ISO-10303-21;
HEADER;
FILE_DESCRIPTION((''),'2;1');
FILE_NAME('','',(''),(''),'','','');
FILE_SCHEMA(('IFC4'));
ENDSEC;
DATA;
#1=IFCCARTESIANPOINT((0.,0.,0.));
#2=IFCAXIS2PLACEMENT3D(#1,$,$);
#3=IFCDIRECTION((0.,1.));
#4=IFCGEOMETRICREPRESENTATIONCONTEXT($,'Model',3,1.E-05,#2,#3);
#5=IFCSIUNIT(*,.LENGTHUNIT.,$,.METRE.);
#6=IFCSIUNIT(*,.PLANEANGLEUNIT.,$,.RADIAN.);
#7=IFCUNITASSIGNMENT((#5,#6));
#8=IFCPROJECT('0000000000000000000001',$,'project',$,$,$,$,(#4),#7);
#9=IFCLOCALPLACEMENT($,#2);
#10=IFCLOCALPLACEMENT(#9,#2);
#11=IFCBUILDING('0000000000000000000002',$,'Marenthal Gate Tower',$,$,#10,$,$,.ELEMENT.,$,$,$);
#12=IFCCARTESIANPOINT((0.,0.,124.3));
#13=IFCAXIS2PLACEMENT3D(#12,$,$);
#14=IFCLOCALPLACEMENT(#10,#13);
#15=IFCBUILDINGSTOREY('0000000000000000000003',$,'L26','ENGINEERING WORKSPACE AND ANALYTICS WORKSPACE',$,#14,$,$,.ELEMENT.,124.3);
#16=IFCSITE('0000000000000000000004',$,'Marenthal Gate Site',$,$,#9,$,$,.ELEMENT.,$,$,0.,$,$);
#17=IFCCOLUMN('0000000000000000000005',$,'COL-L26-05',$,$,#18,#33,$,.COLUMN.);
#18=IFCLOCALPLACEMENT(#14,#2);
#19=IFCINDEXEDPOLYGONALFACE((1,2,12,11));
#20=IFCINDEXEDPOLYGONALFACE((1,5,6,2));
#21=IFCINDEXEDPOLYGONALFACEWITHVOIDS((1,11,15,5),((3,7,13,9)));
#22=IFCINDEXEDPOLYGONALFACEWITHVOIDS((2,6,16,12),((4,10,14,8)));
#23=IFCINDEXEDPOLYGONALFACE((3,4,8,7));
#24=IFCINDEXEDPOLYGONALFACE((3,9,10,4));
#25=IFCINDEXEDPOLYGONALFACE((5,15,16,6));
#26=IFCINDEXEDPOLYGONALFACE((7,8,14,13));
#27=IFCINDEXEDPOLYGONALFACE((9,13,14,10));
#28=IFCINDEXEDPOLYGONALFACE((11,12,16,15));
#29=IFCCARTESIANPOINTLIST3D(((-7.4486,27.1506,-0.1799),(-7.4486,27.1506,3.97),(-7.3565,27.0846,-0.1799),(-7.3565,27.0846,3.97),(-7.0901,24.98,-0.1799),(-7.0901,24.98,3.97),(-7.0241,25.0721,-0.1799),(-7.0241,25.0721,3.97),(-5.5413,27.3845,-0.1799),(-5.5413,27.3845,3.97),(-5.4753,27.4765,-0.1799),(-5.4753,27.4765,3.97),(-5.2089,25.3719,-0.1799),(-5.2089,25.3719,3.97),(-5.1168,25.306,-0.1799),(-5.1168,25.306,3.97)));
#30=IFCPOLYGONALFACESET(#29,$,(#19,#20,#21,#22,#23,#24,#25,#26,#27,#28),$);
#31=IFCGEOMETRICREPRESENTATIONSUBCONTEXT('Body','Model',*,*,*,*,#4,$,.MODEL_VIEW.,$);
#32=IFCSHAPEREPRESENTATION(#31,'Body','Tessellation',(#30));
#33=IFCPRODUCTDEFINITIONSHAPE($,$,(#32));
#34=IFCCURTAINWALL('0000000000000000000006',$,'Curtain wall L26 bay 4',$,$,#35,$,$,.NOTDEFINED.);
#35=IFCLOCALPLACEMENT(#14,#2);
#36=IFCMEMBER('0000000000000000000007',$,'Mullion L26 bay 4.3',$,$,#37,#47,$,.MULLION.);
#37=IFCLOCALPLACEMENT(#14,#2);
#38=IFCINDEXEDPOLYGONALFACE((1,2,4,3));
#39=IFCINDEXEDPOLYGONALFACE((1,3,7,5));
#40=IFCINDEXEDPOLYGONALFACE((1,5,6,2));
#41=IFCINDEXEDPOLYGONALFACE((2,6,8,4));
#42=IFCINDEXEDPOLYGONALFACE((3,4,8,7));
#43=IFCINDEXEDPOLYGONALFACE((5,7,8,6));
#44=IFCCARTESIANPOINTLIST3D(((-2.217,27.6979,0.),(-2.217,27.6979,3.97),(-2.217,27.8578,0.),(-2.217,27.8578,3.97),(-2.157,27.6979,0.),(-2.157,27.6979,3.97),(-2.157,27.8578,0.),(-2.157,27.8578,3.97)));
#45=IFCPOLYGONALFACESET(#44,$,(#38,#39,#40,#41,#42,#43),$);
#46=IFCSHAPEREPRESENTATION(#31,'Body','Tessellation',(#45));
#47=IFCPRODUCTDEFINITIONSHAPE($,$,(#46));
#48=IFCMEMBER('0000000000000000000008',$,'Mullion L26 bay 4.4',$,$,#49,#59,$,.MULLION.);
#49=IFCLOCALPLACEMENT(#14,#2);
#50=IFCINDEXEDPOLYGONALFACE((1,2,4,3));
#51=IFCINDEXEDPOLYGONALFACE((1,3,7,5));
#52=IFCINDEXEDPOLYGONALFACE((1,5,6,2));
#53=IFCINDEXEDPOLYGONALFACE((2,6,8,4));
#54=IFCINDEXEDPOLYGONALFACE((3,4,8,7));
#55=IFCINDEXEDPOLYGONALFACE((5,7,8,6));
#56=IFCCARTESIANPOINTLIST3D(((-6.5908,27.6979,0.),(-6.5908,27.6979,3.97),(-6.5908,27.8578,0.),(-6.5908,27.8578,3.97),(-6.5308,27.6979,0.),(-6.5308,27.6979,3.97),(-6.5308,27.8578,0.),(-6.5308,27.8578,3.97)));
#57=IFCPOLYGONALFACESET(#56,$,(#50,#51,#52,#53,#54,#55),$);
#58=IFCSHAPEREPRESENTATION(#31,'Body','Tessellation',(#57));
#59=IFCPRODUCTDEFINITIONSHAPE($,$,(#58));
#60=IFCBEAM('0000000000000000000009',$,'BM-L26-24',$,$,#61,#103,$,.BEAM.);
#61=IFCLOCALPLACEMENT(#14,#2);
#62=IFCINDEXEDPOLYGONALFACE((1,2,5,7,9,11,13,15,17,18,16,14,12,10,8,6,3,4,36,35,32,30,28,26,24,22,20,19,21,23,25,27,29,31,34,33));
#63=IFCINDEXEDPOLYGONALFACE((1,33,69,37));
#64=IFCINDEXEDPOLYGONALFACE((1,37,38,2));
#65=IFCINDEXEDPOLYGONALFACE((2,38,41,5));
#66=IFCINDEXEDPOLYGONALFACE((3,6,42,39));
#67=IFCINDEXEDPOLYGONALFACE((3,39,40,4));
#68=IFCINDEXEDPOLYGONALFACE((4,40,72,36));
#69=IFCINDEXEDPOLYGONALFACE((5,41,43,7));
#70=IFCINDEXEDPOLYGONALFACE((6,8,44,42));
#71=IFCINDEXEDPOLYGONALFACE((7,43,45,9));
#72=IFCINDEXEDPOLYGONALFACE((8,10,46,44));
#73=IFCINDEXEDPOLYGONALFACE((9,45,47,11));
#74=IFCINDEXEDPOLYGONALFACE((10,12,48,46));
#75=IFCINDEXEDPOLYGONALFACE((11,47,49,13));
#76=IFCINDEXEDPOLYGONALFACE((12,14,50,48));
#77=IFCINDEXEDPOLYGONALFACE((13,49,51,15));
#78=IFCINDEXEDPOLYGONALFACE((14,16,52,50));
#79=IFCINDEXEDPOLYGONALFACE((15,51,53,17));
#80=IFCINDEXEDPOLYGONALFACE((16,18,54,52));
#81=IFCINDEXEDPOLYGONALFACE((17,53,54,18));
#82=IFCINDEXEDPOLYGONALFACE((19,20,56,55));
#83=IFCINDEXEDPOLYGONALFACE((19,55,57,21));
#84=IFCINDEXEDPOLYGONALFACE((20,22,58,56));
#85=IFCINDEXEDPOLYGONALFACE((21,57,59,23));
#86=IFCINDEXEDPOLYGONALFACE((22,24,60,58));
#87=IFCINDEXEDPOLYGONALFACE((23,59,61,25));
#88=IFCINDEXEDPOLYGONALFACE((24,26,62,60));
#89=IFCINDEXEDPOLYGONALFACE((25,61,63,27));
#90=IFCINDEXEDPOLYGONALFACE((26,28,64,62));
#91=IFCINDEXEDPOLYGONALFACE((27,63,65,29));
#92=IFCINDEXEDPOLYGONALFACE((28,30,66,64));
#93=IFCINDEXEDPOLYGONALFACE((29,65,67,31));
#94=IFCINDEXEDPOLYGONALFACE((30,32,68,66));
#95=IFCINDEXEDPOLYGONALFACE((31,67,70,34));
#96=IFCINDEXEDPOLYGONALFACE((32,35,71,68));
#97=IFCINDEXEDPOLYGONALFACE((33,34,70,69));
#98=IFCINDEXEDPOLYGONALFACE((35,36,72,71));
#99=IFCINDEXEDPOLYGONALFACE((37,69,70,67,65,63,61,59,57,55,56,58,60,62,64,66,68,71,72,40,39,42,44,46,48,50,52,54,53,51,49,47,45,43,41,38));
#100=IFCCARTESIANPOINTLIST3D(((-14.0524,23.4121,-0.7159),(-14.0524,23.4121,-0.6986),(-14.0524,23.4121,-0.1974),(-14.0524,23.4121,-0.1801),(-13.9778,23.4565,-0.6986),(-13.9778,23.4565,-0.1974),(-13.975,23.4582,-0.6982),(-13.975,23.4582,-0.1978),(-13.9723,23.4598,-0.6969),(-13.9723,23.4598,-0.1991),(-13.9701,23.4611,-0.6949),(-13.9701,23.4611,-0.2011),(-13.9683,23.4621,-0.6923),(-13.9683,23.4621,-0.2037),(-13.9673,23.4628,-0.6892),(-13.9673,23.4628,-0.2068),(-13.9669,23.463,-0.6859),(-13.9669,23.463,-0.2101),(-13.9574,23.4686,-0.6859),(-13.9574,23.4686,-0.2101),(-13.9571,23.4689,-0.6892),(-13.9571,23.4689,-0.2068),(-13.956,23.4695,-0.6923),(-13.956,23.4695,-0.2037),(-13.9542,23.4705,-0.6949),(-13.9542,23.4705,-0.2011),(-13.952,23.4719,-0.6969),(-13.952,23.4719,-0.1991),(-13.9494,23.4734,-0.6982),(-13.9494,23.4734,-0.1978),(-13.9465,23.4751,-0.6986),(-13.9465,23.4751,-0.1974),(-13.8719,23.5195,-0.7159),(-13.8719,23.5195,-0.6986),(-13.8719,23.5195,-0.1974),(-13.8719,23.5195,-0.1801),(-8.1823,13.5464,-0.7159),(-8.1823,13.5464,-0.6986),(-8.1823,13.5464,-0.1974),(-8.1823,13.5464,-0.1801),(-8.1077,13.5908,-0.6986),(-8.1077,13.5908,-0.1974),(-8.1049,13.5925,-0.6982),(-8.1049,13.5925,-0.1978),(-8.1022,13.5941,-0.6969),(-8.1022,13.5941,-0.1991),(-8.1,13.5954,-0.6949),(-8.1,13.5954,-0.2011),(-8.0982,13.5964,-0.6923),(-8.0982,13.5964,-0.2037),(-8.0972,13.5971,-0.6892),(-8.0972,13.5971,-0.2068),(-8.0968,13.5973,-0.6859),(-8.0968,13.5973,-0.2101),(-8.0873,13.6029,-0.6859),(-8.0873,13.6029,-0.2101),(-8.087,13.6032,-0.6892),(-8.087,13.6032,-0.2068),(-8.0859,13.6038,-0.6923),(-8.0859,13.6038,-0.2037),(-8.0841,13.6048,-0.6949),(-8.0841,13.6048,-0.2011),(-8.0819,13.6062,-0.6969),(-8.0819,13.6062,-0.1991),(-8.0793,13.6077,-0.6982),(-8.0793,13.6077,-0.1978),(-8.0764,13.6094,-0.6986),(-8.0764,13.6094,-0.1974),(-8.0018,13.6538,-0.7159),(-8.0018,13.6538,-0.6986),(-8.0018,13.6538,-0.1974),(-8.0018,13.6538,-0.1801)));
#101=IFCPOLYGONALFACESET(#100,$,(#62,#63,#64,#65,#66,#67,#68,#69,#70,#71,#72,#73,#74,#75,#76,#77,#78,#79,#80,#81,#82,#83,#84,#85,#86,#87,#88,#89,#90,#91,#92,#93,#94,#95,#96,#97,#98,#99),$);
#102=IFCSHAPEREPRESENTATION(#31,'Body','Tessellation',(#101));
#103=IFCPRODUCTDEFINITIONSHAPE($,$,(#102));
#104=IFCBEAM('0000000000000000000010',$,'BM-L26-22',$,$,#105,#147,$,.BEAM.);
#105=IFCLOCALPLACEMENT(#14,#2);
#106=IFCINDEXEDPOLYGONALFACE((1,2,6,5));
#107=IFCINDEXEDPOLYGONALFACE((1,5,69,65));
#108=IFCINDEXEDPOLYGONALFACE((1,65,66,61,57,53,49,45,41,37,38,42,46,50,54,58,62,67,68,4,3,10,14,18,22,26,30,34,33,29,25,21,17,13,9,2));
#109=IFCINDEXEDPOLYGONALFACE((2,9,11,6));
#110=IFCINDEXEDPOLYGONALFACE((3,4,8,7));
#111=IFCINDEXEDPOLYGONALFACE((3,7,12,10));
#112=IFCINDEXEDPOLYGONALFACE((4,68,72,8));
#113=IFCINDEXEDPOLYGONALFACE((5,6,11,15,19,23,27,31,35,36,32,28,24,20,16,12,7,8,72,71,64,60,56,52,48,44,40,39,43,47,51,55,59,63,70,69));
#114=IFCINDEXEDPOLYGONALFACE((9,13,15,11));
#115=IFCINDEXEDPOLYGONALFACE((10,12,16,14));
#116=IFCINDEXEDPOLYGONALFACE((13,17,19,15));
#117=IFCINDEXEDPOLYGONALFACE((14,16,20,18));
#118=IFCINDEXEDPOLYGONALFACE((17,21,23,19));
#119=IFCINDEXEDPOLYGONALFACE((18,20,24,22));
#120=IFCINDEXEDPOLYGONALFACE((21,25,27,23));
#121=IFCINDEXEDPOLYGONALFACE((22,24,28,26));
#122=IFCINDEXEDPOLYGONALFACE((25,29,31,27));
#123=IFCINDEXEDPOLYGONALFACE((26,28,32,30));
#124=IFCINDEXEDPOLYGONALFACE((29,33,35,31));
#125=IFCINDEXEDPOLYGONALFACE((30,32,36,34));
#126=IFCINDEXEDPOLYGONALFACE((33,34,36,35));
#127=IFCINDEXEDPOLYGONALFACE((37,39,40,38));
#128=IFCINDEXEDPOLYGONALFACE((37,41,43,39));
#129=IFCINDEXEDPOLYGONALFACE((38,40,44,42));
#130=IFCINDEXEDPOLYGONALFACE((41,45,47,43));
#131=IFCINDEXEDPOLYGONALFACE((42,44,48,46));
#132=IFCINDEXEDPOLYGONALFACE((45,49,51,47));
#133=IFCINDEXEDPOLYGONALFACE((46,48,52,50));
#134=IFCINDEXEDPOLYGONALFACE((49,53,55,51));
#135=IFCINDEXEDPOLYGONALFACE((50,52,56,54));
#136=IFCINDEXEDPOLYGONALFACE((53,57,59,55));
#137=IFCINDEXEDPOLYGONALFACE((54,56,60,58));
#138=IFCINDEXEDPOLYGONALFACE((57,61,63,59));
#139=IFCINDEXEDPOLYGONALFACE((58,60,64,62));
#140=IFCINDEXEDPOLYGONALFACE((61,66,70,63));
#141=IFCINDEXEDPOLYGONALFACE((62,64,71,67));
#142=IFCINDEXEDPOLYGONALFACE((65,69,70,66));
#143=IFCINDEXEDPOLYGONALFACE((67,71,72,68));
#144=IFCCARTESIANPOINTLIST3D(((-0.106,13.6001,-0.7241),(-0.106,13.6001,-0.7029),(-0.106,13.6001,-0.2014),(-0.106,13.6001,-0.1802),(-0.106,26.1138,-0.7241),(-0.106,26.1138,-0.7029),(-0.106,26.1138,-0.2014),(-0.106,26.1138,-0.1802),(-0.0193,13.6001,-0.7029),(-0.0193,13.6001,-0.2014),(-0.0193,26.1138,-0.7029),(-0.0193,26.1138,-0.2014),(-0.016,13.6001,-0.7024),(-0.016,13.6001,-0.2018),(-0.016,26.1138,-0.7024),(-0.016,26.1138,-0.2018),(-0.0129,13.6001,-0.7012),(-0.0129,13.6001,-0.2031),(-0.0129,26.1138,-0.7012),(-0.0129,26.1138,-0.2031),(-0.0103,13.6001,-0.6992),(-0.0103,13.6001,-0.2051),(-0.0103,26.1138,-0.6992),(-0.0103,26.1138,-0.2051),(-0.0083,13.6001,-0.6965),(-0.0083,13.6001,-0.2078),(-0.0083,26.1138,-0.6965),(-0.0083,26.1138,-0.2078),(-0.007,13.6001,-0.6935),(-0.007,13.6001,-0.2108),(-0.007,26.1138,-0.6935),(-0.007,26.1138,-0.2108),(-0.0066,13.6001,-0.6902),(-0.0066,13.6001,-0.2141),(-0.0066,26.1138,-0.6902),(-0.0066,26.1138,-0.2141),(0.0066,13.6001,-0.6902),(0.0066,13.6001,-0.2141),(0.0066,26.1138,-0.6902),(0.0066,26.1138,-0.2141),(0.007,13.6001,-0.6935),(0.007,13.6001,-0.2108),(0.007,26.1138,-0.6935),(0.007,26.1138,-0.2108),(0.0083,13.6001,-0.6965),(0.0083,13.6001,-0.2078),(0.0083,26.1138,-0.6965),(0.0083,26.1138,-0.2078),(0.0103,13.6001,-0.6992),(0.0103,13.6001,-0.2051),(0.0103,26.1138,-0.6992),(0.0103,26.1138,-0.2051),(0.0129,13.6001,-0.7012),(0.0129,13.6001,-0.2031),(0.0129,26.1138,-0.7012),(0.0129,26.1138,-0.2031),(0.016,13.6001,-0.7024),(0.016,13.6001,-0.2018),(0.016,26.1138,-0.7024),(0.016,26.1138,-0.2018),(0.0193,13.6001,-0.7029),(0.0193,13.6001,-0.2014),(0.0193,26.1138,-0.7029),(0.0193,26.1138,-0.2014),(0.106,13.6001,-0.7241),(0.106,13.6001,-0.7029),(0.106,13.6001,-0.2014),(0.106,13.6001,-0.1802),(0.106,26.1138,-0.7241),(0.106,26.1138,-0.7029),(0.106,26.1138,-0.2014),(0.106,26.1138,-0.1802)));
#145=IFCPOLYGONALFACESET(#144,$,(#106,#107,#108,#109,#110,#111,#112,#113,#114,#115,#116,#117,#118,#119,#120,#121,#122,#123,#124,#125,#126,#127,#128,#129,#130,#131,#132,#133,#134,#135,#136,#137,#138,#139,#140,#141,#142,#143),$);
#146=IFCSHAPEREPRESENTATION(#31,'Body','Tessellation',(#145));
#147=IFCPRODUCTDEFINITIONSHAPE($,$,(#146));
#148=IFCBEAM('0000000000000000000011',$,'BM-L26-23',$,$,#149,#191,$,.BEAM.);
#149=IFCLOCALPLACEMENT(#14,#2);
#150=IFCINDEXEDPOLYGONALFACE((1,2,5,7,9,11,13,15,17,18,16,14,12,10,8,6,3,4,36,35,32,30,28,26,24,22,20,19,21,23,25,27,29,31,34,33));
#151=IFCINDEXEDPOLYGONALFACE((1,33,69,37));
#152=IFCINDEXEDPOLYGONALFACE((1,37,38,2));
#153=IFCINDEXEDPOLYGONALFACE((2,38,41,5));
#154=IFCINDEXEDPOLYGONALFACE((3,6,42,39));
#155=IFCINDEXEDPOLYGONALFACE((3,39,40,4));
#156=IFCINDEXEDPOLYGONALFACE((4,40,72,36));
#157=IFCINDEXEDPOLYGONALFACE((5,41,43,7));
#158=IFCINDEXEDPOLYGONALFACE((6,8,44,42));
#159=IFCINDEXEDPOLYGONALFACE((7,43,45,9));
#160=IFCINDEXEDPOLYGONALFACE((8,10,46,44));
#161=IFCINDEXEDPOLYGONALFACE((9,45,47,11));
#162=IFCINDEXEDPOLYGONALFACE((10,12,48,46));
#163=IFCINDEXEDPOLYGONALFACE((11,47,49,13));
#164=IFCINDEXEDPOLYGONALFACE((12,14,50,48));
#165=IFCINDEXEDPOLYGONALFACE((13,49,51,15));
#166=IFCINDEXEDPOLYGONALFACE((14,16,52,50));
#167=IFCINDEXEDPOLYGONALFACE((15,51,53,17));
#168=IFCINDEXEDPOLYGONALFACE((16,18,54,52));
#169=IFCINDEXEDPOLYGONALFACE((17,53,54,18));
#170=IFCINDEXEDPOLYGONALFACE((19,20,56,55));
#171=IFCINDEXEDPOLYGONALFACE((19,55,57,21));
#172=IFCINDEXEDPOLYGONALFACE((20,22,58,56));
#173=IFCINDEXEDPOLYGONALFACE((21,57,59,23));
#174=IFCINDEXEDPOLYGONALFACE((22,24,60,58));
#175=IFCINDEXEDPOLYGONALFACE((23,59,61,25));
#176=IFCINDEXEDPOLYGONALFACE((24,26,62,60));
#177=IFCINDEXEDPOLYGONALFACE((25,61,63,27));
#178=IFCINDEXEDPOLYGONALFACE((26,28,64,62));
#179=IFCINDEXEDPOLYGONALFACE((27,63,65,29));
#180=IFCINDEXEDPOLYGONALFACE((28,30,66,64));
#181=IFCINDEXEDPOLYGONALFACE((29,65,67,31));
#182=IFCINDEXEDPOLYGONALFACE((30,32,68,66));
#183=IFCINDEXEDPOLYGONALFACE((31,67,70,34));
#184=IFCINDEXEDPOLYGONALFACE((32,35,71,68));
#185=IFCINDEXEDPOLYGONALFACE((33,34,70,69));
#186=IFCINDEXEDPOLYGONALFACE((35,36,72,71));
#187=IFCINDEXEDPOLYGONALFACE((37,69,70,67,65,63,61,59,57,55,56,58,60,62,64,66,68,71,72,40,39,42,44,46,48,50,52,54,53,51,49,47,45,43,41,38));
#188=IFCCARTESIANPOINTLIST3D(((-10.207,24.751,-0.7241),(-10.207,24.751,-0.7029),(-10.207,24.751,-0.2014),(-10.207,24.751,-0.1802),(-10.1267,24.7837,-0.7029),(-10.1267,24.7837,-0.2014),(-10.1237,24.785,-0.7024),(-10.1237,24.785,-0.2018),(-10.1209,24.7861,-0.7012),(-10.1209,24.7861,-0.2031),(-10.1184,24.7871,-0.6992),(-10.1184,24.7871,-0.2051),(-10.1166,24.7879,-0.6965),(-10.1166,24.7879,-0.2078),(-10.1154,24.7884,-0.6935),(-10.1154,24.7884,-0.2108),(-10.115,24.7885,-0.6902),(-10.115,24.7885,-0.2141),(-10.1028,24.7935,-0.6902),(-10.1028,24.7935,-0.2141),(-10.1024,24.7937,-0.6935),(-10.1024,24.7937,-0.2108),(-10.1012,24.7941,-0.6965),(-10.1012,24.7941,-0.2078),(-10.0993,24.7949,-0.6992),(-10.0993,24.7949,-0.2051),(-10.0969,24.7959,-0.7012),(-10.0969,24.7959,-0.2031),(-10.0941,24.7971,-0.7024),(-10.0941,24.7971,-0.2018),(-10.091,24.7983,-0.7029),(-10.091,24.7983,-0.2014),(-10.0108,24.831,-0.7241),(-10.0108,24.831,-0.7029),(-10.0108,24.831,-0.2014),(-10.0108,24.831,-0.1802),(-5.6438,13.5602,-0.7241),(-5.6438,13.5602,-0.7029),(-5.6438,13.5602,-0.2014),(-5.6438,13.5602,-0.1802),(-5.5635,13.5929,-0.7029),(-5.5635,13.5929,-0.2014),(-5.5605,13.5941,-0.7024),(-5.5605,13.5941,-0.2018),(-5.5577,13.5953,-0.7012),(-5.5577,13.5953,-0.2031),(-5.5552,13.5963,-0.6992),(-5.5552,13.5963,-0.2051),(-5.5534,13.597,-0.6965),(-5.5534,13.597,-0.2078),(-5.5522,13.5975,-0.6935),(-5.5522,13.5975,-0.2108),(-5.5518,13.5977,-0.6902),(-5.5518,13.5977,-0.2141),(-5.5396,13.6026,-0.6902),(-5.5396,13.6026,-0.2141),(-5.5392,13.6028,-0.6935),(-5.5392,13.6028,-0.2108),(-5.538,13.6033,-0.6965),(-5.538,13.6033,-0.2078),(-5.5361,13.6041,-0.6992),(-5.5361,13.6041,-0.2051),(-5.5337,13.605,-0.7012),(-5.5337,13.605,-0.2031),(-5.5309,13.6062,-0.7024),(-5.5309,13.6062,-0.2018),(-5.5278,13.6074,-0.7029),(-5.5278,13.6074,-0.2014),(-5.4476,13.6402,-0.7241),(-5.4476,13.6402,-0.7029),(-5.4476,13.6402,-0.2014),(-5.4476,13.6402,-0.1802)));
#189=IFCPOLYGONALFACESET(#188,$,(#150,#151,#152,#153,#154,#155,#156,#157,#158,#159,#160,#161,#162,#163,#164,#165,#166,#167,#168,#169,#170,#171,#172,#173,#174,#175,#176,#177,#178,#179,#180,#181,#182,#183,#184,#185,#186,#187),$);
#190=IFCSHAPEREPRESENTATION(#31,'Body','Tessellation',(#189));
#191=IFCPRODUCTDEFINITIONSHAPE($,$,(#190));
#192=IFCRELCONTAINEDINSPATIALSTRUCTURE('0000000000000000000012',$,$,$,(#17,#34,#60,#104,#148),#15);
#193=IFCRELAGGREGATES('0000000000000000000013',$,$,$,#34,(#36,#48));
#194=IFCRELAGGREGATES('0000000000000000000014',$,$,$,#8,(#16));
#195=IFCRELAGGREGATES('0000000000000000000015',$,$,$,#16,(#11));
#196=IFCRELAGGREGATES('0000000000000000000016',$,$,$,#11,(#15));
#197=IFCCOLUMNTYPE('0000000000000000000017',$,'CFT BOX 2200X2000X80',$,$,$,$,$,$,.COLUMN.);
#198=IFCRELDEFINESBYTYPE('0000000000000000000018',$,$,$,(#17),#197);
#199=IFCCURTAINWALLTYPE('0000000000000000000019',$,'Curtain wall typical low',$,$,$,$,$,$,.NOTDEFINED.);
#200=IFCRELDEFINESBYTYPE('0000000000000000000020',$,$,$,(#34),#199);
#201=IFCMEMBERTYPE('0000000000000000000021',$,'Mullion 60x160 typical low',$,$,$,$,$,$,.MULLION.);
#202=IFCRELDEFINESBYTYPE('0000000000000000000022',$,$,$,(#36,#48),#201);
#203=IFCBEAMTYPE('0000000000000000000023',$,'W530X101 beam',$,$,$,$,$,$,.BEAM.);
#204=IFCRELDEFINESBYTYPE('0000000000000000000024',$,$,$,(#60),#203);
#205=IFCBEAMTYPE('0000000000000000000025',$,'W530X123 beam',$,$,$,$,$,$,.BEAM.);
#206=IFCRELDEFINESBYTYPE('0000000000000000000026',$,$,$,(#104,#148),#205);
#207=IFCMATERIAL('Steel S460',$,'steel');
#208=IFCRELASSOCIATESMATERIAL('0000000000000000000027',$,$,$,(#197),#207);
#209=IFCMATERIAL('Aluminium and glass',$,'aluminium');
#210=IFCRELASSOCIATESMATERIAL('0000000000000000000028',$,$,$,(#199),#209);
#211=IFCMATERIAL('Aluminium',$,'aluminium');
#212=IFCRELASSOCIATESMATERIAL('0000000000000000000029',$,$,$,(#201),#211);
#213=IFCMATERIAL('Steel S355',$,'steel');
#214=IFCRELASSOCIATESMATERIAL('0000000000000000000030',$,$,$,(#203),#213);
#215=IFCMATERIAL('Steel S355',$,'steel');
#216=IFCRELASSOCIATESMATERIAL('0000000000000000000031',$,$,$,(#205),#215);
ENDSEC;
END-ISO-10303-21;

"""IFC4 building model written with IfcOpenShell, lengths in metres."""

from ifc_helpers import new_model, si_unit, direction, frame, origin, origin_2d, place, context, subcontext, project, spatial, rectangle, hollow_rectangle, i_section, extrude, material, material_profile, profile_set, type_object, element, aggregate, save


model = new_model("IFC4")

# Units and contexts
model_context = context("Model", 3, precision=1e-05, world=origin(), true_north=direction((0.0, 1.0)))
body_context = subcontext(model_context, "Body", "Model", "MODEL_VIEW")
ifc_project = project(units=[si_unit("LENGTHUNIT", "METRE"), si_unit("PLANEANGLEUNIT", "RADIAN")], contexts=[model_context])

# Site, building, storey
site_placement = place(None, origin())
site = spatial("IfcSite", under=ifc_project, at=site_placement, Name="Marenthal Gate Site", CompositionType="ELEMENT", RefElevation=0.0)
building_placement = place(site_placement, origin())
building = spatial("IfcBuilding", under=site, at=building_placement, Name="Marenthal Gate Tower", CompositionType="ELEMENT")
storey_placement = place(building_placement, frame((0.0, 0.0, 124.3)))
storey = spatial("IfcBuildingStorey", under=building, at=storey_placement, Name="L26", Description="ENGINEERING WORKSPACE AND ANALYTICS WORKSPACE", CompositionType="ELEMENT", Elevation=124.3)

# Column
ifc_material_1 = material(Name="Steel S460", Category="steel")
ifc_material_profile_1 = material_profile(ifc_material_1, hollow_rectangle(XDim=2.0, YDim=2.2, WallThickness=0.0801, at=origin_2d()), Name="CFT BOX 2200X2000X80")
ifc_material_2 = material(Name="Concrete 70 MPa", Category="concrete")
ifc_material_profile_2 = material_profile(ifc_material_2, rectangle(XDim=1.8401, YDim=2.04, at=origin_2d()), Name="CFT BOX 2200X2000X80 INFILL")
ifc_profile_set_1 = profile_set([ifc_material_profile_1, ifc_material_profile_2], Name="Steel S460 shell, Concrete 70 MPa infill")
column_type = type_object("IfcColumnType", Name="CFT BOX 2200X2000X80", PredefinedType="COLUMN", material=ifc_profile_set_1)
column_placement = place(storey_placement, frame((-6.2827, 26.2283, -0.1799), z_axis=(0.0, 0.0, 1.0), x_axis=(0.986631, 0.162968, 0.0)))
element("IfcColumn", 1, at=column_placement, inside=storey, type_object=column_type, Name="COL-L26-05", PredefinedType="COLUMN", context=body_context, shape_type="SweptSolid", body=[
    extrude(hollow_rectangle(XDim=2.0, YDim=2.2, WallThickness=0.0801, at=origin_2d()), origin(), (0.0, 0.0, 1.0), 4.1499),
])

# Curtain wall, members
ifc_material_3 = material(Name="Aluminium and glass", Category="aluminium")
curtain_wall_type = type_object("IfcCurtainWallType", Name="Curtain wall typical low", PredefinedType="NOTDEFINED", material=ifc_material_3)
curtain_wall_placement = place(storey_placement, origin())
curtain_wall = element("IfcCurtainWall", 2, at=curtain_wall_placement, inside=storey, type_object=curtain_wall_type, Name="Curtain wall L26 bay 4", PredefinedType="NOTDEFINED")
ifc_material_4 = material(Name="Aluminium", Category="aluminium")
ifc_material_profile_3 = material_profile(ifc_material_4, rectangle(XDim=0.1599, YDim=0.0601, at=origin_2d()), Name="60x160 aluminium mullion")
ifc_profile_set_2 = profile_set([ifc_material_profile_3], Name="Aluminium")
member_type = type_object("IfcMemberType", Name="Mullion 60x160 typical low", PredefinedType="MULLION", material=ifc_profile_set_2)
member_1_placement = place(storey_placement, frame((-2.187, 27.7778, 0.0), z_axis=(0.0, 0.0, 1.0), x_axis=(0.0, -1.0, 0.0)))
member_1 = element("IfcMember", 3, at=member_1_placement, type_object=member_type, Name="Mullion L26 bay 4.3", PredefinedType="MULLION", context=body_context, shape_type="SweptSolid", body=[
    extrude(rectangle(XDim=0.1599, YDim=0.0601, at=origin_2d()), origin(), (0.0, 0.0, 1.0), 3.97),
])
member_2_placement = place(storey_placement, frame((-6.5608, 27.7778, 0.0), z_axis=(0.0, 0.0, 1.0), x_axis=(0.0, -1.0, 0.0)))
member_2 = element("IfcMember", 4, at=member_2_placement, type_object=member_type, Name="Mullion L26 bay 4.4", PredefinedType="MULLION", context=body_context, shape_type="SweptSolid", body=[
    extrude(rectangle(XDim=0.1599, YDim=0.0601, at=origin_2d()), origin(), (0.0, 0.0, 1.0), 3.97),
])

# Beams
ifc_material_5 = material(Name="Steel S355", Category="steel")
ifc_material_profile_4 = material_profile(ifc_material_5, i_section(OverallWidth=0.21, OverallDepth=0.5359, WebThickness=0.011, FlangeThickness=0.0173, FilletRadius=0.0127, at=origin_2d()), Name="W530X101")
ifc_profile_set_3 = profile_set([ifc_material_profile_4], Name="Steel S355")
beam_type_1 = type_object("IfcBeamType", Name="W530X101 beam", PredefinedType="BEAM", material=ifc_profile_set_3)
beam_1_placement = place(storey_placement, frame((-13.9622, 23.4658, -0.448), z_axis=(0.511334, -0.859382, 0.0), x_axis=(0.859382, 0.511334, 0.0)))
element("IfcBeam", 5, at=beam_1_placement, inside=storey, type_object=beam_type_1, Name="BM-L26-24", PredefinedType="BEAM", context=body_context, shape_type="SweptSolid", body=[
    extrude(i_section(OverallWidth=0.21, OverallDepth=0.5359, WebThickness=0.011, FlangeThickness=0.0173, FilletRadius=0.0127, at=origin_2d()), origin(), (0.0, 0.0, 1.0), 11.48),
])
ifc_material_6 = material(Name="Steel S355", Category="steel")
ifc_material_profile_5 = material_profile(ifc_material_6, i_section(OverallWidth=0.2119, OverallDepth=0.5439, WebThickness=0.0132, FlangeThickness=0.0212, FilletRadius=0.0127, at=origin_2d()), Name="W530X123")
ifc_profile_set_4 = profile_set([ifc_material_profile_5], Name="Steel S355")
beam_type_2 = type_object("IfcBeamType", Name="W530X123 beam", PredefinedType="BEAM", material=ifc_profile_set_4)
beam_2_placement = place(storey_placement, frame((0.0, 26.1138, -0.4521), z_axis=(0.0, -1.0, 0.0), x_axis=(1.0, 0.0, 0.0)))
element("IfcBeam", 6, at=beam_2_placement, inside=storey, type_object=beam_type_2, Name="BM-L26-22", PredefinedType="BEAM", context=body_context, shape_type="SweptSolid", body=[
    extrude(i_section(OverallWidth=0.2119, OverallDepth=0.5439, WebThickness=0.0132, FlangeThickness=0.0212, FilletRadius=0.0127, at=origin_2d()), origin(), (0.0, 0.0, 1.0), 12.5137),
])
beam_3_placement = place(storey_placement, frame((-10.1089, 24.791, -0.4521), z_axis=(0.377579, -0.925978, 0.0), x_axis=(0.925978, 0.377579, 0.0)))
element("IfcBeam", 7, at=beam_3_placement, inside=storey, type_object=beam_type_2, Name="BM-L26-23", PredefinedType="BEAM", context=body_context, shape_type="SweptSolid", body=[
    extrude(i_section(OverallWidth=0.2119, OverallDepth=0.5439, WebThickness=0.0132, FlangeThickness=0.0212, FilletRadius=0.0127, at=origin_2d()), origin(), (0.0, 0.0, 1.0), 12.0854),
])

aggregate(curtain_wall, [member_1, member_2])

save(model, "model.ifc")
